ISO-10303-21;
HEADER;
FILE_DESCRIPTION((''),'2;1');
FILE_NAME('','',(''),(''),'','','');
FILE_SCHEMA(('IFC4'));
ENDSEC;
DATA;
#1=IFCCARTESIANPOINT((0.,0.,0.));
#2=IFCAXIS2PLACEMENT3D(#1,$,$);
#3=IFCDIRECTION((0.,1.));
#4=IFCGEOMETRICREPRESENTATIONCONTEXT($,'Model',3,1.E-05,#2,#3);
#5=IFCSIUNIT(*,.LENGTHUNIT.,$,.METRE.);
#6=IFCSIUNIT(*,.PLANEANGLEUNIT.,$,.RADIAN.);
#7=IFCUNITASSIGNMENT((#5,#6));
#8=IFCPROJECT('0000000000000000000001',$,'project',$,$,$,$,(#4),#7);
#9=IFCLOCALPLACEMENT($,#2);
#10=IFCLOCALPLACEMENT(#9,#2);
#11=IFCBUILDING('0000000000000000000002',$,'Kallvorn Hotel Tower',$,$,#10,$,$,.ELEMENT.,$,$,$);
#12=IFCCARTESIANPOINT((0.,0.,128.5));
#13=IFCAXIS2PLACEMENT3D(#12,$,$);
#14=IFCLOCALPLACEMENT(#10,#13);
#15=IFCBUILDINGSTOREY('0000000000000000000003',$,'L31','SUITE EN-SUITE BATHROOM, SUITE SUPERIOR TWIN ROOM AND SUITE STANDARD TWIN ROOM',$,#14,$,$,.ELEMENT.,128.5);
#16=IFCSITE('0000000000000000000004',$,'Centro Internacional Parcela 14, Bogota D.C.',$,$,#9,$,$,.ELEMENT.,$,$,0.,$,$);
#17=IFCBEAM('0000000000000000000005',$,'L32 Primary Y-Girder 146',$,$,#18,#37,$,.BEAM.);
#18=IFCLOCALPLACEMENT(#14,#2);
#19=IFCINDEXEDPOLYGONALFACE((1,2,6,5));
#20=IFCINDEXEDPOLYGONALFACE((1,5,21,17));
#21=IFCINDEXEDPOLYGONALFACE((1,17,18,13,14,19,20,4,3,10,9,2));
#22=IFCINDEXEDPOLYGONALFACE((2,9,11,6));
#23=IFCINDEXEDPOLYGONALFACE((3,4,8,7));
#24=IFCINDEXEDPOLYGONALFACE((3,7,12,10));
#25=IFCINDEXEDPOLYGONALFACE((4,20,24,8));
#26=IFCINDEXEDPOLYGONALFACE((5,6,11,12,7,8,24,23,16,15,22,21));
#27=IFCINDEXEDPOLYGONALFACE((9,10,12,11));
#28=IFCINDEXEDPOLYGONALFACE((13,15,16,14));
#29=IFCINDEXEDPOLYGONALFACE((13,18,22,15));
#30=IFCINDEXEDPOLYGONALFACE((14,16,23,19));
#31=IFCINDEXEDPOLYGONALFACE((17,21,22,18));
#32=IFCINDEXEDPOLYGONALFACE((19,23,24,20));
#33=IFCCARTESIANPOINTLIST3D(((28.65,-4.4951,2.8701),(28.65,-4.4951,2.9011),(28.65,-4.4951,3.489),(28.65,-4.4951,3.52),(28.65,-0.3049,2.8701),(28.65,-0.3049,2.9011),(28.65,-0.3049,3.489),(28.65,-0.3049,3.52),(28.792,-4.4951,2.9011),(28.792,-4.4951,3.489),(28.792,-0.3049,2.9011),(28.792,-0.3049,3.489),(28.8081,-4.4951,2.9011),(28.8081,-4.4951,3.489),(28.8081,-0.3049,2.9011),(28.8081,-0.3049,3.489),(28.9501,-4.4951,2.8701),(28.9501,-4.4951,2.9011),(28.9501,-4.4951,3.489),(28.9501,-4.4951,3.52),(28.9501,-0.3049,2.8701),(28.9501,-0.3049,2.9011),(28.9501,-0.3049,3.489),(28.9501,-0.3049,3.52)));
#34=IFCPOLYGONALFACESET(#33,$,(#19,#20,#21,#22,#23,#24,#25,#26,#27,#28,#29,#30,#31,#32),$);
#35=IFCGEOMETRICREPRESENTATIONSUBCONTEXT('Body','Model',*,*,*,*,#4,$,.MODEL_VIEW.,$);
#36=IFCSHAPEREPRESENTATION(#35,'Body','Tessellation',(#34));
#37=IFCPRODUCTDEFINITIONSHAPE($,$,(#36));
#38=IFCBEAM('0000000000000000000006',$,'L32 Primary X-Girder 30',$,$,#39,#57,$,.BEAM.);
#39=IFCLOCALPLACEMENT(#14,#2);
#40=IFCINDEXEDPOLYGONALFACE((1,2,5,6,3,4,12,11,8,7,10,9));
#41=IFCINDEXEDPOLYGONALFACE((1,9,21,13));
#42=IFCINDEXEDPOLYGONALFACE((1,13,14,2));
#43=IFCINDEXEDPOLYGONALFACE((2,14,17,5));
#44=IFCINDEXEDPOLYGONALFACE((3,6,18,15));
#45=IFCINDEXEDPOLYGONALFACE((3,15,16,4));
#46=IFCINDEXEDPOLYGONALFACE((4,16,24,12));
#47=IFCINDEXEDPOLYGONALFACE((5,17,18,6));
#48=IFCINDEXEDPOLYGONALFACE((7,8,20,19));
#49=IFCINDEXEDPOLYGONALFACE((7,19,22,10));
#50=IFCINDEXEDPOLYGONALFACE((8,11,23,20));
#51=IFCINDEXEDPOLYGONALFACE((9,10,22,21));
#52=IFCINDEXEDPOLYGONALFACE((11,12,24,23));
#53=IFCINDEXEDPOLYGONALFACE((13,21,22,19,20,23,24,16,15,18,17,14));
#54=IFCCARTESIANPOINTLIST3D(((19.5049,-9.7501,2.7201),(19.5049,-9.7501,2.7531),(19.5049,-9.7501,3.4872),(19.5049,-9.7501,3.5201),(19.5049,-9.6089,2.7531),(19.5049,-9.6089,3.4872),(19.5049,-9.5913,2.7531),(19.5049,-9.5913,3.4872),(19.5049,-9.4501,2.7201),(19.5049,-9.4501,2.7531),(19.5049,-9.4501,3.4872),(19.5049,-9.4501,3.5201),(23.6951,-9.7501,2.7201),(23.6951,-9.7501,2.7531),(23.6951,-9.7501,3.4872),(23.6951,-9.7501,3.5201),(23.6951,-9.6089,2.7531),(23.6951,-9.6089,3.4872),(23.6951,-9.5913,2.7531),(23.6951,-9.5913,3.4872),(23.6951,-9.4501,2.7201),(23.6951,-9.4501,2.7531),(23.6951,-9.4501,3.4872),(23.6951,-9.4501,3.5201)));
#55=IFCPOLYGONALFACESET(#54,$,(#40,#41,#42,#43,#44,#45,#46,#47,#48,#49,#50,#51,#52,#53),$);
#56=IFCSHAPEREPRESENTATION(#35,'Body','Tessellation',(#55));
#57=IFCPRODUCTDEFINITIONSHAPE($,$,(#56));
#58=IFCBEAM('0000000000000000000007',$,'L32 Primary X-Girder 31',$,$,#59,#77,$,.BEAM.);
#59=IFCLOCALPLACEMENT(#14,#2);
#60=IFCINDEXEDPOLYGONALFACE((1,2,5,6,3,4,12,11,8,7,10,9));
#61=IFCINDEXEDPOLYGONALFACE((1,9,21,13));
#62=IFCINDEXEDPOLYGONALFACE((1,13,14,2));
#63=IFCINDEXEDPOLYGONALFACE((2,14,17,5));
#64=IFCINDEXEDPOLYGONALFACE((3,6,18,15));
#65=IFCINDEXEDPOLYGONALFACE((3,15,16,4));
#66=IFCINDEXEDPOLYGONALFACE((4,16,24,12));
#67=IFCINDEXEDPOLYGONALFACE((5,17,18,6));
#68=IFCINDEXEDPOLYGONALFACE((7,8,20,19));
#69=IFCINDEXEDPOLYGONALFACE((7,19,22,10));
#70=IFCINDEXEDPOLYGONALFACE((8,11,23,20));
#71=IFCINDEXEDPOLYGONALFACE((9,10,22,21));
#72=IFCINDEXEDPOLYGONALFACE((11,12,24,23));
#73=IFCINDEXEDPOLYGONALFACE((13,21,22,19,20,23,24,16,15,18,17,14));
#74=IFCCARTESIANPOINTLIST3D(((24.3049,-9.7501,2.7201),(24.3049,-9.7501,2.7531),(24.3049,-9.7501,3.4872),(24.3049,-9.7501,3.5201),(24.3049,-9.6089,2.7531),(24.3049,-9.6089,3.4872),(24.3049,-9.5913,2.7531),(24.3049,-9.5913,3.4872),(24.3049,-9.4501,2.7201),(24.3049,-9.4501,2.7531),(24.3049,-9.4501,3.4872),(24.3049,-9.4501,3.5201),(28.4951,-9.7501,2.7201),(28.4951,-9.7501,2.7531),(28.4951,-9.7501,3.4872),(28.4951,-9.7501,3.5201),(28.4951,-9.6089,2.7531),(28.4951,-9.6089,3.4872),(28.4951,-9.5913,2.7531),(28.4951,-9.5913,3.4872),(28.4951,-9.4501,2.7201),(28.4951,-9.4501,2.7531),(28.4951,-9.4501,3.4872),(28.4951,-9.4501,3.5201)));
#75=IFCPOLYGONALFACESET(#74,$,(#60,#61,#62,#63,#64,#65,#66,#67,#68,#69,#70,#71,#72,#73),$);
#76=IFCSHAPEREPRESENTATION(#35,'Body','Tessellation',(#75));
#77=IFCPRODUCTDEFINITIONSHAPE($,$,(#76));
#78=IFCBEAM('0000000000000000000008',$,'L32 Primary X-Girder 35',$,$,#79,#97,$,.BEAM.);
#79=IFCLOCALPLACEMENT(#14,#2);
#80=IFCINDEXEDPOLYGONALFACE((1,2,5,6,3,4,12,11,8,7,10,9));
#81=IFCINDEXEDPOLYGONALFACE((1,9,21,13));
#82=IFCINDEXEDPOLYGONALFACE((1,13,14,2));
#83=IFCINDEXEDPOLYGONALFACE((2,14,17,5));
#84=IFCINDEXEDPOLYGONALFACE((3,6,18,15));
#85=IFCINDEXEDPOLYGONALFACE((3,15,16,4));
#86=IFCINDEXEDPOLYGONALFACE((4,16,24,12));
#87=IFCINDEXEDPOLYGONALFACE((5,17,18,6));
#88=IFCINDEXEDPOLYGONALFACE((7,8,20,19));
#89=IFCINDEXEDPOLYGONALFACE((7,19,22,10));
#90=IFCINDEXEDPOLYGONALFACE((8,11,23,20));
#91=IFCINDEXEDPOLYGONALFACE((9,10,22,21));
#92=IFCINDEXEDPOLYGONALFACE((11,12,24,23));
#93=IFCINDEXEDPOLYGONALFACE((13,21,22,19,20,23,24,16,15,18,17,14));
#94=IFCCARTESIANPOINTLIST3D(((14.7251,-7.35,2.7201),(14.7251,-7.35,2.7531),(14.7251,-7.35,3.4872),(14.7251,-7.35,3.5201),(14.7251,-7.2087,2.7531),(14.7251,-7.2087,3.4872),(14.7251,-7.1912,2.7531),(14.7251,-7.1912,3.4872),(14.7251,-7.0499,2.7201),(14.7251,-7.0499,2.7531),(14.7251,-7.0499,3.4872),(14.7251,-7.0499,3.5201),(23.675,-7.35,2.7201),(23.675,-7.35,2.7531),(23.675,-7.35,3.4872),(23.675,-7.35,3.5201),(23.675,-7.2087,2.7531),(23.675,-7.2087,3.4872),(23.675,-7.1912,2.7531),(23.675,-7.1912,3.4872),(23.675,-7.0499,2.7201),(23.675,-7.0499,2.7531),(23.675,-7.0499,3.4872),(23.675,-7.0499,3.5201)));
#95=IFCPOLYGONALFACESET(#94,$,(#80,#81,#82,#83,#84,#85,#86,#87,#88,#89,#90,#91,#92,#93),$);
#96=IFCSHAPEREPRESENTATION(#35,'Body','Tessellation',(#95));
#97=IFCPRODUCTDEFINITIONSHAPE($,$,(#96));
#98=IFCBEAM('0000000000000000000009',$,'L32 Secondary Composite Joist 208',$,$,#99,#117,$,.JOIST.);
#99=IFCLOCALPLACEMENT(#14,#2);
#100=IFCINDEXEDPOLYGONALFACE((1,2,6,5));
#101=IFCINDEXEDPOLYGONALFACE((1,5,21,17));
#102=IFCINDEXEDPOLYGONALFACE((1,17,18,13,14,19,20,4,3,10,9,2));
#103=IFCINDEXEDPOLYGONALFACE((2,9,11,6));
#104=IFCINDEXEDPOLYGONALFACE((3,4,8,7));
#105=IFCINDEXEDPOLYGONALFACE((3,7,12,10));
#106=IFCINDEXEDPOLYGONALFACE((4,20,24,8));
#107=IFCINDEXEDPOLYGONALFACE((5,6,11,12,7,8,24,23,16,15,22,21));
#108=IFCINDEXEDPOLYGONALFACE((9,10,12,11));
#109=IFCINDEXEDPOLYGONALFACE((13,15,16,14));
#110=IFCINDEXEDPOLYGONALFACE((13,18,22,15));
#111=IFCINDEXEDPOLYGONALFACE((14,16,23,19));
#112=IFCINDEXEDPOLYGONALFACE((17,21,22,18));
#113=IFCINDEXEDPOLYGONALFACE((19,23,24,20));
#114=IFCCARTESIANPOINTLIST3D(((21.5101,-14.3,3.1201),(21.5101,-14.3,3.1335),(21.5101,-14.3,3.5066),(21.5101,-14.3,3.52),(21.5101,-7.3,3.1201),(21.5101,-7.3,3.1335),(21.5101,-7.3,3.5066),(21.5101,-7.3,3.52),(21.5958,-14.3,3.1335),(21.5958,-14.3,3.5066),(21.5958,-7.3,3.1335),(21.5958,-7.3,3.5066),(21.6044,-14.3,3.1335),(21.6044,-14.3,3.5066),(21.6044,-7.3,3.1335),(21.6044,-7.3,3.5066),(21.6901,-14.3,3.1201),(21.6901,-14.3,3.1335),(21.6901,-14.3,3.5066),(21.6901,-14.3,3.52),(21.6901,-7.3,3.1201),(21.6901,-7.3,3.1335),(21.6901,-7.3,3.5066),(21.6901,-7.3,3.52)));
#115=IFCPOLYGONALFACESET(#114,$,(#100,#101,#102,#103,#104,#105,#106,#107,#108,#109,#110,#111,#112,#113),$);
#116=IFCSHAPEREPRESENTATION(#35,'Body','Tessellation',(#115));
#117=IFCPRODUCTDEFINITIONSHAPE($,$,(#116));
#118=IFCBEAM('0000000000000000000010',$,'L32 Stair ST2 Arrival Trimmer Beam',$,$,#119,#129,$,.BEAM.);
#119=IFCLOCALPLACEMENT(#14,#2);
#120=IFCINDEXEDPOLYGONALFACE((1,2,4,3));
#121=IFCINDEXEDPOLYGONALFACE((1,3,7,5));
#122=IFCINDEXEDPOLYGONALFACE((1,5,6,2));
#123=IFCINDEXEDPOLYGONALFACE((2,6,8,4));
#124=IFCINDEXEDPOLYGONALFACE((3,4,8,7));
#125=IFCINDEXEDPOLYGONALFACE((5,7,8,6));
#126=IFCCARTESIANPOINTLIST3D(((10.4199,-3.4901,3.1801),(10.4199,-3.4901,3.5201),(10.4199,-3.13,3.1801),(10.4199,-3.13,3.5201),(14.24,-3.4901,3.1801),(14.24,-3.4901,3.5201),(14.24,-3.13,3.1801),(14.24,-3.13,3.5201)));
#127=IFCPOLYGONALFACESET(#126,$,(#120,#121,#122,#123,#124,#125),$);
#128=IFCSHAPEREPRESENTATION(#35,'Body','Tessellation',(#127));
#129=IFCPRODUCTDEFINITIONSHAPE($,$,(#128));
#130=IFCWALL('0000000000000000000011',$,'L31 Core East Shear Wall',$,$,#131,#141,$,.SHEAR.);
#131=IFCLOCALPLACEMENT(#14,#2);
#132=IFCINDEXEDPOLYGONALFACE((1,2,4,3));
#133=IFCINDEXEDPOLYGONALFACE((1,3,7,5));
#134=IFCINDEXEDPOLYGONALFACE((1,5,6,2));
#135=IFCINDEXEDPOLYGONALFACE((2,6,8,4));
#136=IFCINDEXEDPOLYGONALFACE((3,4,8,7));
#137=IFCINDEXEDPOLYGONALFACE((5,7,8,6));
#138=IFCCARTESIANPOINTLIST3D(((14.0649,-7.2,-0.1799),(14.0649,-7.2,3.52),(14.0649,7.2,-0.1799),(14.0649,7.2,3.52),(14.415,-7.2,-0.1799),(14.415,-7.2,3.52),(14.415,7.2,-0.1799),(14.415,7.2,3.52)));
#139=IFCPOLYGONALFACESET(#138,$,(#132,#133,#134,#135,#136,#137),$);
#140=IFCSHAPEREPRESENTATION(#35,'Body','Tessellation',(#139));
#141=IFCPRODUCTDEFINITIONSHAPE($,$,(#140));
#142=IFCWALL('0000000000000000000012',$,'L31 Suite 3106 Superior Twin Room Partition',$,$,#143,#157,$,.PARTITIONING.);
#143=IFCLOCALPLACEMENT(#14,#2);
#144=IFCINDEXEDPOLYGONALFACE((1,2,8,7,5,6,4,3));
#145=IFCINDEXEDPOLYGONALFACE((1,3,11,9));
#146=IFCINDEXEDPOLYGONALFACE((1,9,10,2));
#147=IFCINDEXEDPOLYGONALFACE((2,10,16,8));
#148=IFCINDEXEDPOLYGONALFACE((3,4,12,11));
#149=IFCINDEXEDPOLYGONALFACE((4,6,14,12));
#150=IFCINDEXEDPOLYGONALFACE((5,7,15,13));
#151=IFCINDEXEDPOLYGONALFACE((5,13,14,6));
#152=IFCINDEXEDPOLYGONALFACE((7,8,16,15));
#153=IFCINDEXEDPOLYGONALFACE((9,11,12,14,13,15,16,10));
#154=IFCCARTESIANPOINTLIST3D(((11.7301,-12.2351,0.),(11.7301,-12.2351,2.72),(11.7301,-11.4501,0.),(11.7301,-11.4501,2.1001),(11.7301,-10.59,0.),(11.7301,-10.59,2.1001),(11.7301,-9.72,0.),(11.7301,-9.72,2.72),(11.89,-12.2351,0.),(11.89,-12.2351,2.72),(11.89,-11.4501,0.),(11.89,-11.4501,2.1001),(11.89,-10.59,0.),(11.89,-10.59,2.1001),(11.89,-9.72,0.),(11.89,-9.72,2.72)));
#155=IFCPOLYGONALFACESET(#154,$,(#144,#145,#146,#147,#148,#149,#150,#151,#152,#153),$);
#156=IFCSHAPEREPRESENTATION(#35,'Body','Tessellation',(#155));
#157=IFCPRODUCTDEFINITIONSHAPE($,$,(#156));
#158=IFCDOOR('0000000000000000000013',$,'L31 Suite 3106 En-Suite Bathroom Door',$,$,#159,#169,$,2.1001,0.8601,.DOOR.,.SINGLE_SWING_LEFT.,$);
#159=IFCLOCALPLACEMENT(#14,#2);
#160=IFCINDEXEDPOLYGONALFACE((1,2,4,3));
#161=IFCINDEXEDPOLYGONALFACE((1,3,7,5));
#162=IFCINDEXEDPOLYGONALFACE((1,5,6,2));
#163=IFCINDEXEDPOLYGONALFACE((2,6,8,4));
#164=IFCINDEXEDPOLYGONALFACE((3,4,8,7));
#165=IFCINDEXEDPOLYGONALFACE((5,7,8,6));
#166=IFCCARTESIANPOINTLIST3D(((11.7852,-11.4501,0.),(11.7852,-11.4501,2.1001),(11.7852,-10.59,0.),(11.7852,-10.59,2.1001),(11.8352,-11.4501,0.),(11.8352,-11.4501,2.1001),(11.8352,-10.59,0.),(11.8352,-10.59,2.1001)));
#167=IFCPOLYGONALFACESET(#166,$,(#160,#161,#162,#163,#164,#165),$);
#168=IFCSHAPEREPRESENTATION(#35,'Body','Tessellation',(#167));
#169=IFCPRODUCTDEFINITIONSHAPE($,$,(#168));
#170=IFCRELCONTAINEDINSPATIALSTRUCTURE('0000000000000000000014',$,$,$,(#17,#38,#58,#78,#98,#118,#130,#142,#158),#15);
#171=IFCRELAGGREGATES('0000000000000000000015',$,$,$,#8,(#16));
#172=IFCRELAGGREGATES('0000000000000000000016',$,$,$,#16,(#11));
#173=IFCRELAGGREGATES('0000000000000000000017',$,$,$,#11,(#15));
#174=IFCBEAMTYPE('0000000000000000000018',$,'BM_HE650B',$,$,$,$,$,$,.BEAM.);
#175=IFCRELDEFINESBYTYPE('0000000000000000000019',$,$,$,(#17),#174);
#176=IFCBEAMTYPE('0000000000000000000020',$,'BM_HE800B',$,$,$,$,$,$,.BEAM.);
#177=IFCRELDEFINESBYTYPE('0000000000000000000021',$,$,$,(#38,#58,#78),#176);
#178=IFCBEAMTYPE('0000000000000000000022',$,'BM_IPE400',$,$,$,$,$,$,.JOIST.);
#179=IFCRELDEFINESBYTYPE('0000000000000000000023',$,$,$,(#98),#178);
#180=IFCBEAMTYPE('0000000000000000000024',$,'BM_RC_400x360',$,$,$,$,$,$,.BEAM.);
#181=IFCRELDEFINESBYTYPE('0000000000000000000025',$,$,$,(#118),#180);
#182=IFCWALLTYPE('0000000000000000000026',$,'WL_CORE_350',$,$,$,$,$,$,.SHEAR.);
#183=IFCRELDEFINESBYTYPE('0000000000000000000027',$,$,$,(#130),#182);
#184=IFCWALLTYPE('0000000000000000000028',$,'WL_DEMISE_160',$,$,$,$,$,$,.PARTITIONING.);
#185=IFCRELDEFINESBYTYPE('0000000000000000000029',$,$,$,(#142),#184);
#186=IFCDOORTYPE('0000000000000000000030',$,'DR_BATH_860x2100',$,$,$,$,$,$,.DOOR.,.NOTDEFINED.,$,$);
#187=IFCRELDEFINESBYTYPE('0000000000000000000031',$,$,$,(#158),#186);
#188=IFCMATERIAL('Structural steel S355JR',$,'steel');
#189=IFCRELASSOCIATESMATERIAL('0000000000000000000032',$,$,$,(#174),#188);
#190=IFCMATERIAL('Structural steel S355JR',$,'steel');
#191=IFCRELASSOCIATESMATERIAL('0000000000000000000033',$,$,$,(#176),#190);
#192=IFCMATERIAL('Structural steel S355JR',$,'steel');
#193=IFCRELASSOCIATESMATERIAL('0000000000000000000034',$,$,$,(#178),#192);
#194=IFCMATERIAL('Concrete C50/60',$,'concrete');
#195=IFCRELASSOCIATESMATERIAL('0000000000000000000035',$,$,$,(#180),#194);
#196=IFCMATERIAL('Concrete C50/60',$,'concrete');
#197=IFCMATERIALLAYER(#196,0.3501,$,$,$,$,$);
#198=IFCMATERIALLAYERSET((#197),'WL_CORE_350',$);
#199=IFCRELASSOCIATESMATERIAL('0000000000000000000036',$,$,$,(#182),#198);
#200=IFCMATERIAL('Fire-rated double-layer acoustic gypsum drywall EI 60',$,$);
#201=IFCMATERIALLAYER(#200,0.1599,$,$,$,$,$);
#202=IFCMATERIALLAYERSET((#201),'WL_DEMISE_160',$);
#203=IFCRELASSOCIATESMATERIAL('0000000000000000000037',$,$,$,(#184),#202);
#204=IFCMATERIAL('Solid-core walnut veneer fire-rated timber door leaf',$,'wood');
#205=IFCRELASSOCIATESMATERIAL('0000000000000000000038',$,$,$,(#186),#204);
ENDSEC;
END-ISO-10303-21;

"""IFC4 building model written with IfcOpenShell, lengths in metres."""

from ifc_helpers import new_model, si_unit, direction, frame, frame_2d, origin, origin_2d, place, context, subcontext, project, spatial, rectangle, i_section, extrude, material, layer, layer_set, material_profile, profile_set, type_object, element, fill, save


model = new_model("IFC4")

# Units and contexts
model_context = context("Model", 3, precision=1e-05, world=origin(), true_north=direction((0.0, 1.0)))
body_context = subcontext(model_context, "Body", "Model", "MODEL_VIEW")
ifc_project = project(units=[si_unit("LENGTHUNIT", "METRE"), si_unit("PLANEANGLEUNIT", "RADIAN")], contexts=[model_context])

# Site, building, storey
site_placement = place(None, origin())
site = spatial("IfcSite", under=ifc_project, at=site_placement, Name="Centro Internacional Parcela 14, Bogota D.C.", CompositionType="ELEMENT", RefElevation=0.0)
building_placement = place(site_placement, origin())
building = spatial("IfcBuilding", under=site, at=building_placement, Name="Kallvorn Hotel Tower", CompositionType="ELEMENT")
storey_placement = place(building_placement, frame((0.0, 0.0, 128.5)))
storey = spatial("IfcBuildingStorey", under=building, at=storey_placement, Name="L31", Description="SUITE EN-SUITE BATHROOM, SUITE SUPERIOR TWIN ROOM AND SUITE STANDARD TWIN ROOM", CompositionType="ELEMENT", Elevation=128.5)

# Beams
ifc_material_1 = material(Name="Structural steel S355JR", Category="steel")
ifc_material_profile_1 = material_profile(ifc_material_1, i_section(OverallWidth=0.3, OverallDepth=0.6499, WebThickness=0.0161, FlangeThickness=0.031, at=origin_2d()), Name="HE 650 B")
ifc_profile_set_1 = profile_set([ifc_material_profile_1], Name="Structural steel S355JR")
beam_type_1 = type_object("IfcBeamType", Name="BM_HE650B", PredefinedType="BEAM", material=ifc_profile_set_1)
beam_1_placement = place(storey_placement, frame((28.8, -4.4951, 3.1951), z_axis=(0.0, 1.0, 0.0), x_axis=(-1.0, 0.0, 0.0)))
element("IfcBeam", 1, at=beam_1_placement, inside=storey, type_object=beam_type_1, Name="L32 Primary Y-Girder 146", PredefinedType="BEAM", context=body_context, shape_type="SweptSolid", body=[
    extrude(i_section(OverallWidth=0.3, OverallDepth=0.6499, WebThickness=0.0161, FlangeThickness=0.031, at=origin_2d()), origin(), (0.0, 0.0, 1.0), 4.1902),
])
ifc_material_2 = material(Name="Structural steel S355JR", Category="steel")
ifc_material_profile_2 = material_profile(ifc_material_2, i_section(OverallWidth=0.3, OverallDepth=0.8, WebThickness=0.0176, FlangeThickness=0.033, at=origin_2d()), Name="HE 800 B")
ifc_profile_set_2 = profile_set([ifc_material_profile_2], Name="Structural steel S355JR")
beam_type_2 = type_object("IfcBeamType", Name="BM_HE800B", PredefinedType="BEAM", material=ifc_profile_set_2)
for number, where, z_axis, x_axis, name in (
    (2, (19.5049, -9.6001, 3.1201), (1.0, 0.0, 0.0), (0.0, 1.0, 0.0), "L32 Primary X-Girder 30"),
    (3, (24.3049, -9.6001, 3.1201), (1.0, 0.0, 0.0), (0.0, 1.0, 0.0), "L32 Primary X-Girder 31"),
):
    element("IfcBeam", number, at=place(storey_placement, frame(where, z_axis=z_axis, x_axis=x_axis)), inside=storey, type_object=beam_type_2, Name=name, PredefinedType="BEAM", context=body_context, shape_type="SweptSolid", body=[
        extrude(i_section(OverallWidth=0.3, OverallDepth=0.8, WebThickness=0.0176, FlangeThickness=0.033, at=origin_2d()), origin(), (0.0, 0.0, 1.0), 4.1902),
    ])
beam_2_placement = place(storey_placement, frame((14.7251, -7.2, 3.1201), z_axis=(1.0, 0.0, 0.0), x_axis=(0.0, 1.0, 0.0)))
element("IfcBeam", 4, at=beam_2_placement, inside=storey, type_object=beam_type_2, Name="L32 Primary X-Girder 35", PredefinedType="BEAM", context=body_context, shape_type="SweptSolid", body=[
    extrude(i_section(OverallWidth=0.3, OverallDepth=0.8, WebThickness=0.0176, FlangeThickness=0.033, at=origin_2d()), origin(), (0.0, 0.0, 1.0), 8.95),
])
ifc_material_3 = material(Name="Structural steel S355JR", Category="steel")
ifc_material_profile_3 = material_profile(ifc_material_3, i_section(OverallWidth=0.1799, OverallDepth=0.3999, WebThickness=0.0085, FlangeThickness=0.0134, at=origin_2d()), Name="IPE 400")
ifc_profile_set_3 = profile_set([ifc_material_profile_3], Name="Structural steel S355JR")
beam_type_3 = type_object("IfcBeamType", Name="BM_IPE400", PredefinedType="JOIST", material=ifc_profile_set_3)
beam_3_placement = place(storey_placement, frame((21.6001, -14.3, 3.3201), z_axis=(0.0, 1.0, 0.0), x_axis=(-1.0, 0.0, 0.0)))
element("IfcBeam", 5, at=beam_3_placement, inside=storey, type_object=beam_type_3, Name="L32 Secondary Composite Joist 208", PredefinedType="JOIST", context=body_context, shape_type="SweptSolid", body=[
    extrude(i_section(OverallWidth=0.1799, OverallDepth=0.3999, WebThickness=0.0085, FlangeThickness=0.0134, at=origin_2d()), origin(), (0.0, 0.0, 1.0), 7.0),
])
ifc_material_4 = material(Name="Concrete C50/60", Category="concrete")
ifc_material_profile_4 = material_profile(ifc_material_4, rectangle(XDim=0.3601, YDim=0.3401, at=origin_2d()), Name="RC 360x340")
ifc_profile_set_4 = profile_set([ifc_material_profile_4], Name="Concrete C50/60")
beam_type_4 = type_object("IfcBeamType", Name="BM_RC_400x360", PredefinedType="BEAM", material=ifc_profile_set_4)
beam_4_placement = place(storey_placement, frame((14.24, -3.3101, 3.3501), z_axis=(-1.0, 0.0, 0.0), x_axis=(0.0, -1.0, 0.0)))
element("IfcBeam", 6, at=beam_4_placement, inside=storey, type_object=beam_type_4, Name="L32 Stair ST2 Arrival Trimmer Beam", PredefinedType="BEAM", context=body_context, shape_type="SweptSolid", body=[
    extrude(rectangle(XDim=0.3601, YDim=0.3401, at=origin_2d()), origin(), (0.0, 0.0, 1.0), 3.8201),
])

# Wall
ifc_material_5 = material(Name="Concrete C50/60", Category="concrete")
ifc_layer_1 = layer(ifc_material_5, 0.3501)
ifc_layer_set_1 = layer_set([ifc_layer_1], Name="WL_CORE_350")
wall_type_1 = type_object("IfcWallType", Name="WL_CORE_350", PredefinedType="SHEAR", material=ifc_layer_set_1)
wall_1_placement = place(storey_placement, frame((14.24, -7.2, -0.1799), z_axis=(0.0, 0.0, 1.0), x_axis=(0.0, 1.0, 0.0)))
element("IfcWall", 7, at=wall_1_placement, inside=storey, type_object=wall_type_1, Name="L31 Core East Shear Wall", PredefinedType="SHEAR", context=body_context, shape_type="SweptSolid", body=[
    extrude(rectangle(XDim=14.3999, YDim=0.3501, at=frame_2d((7.2, 0.0))), origin(), (0.0, 0.0, 1.0), 3.7),
])

# Wall, opening, door
ifc_material_6 = material(Name="Fire-rated double-layer acoustic gypsum drywall EI 60")
ifc_layer_2 = layer(ifc_material_6, 0.1599)
ifc_layer_set_2 = layer_set([ifc_layer_2], Name="WL_DEMISE_160")
wall_type_2 = type_object("IfcWallType", Name="WL_DEMISE_160", PredefinedType="PARTITIONING", material=ifc_layer_set_2)
wall_2_placement = place(storey_placement, frame((11.8101, -12.2351, 0.0), z_axis=(0.0, 0.0, 1.0), x_axis=(0.0, 1.0, 0.0)))
wall_2 = element("IfcWall", 8, at=wall_2_placement, inside=storey, type_object=wall_type_2, Name="L31 Suite 3106 Superior Twin Room Partition", PredefinedType="PARTITIONING", context=body_context, shape_type="SweptSolid", body=[
    extrude(rectangle(XDim=2.5151, YDim=0.1599, at=frame_2d((1.2576, 0.0))), origin(), (0.0, 0.0, 1.0), 2.72),
])
opening_placement = place(wall_2_placement, frame((0.7849, 0.0, 0.0)))
opening = element("IfcOpeningElement", 9, at=opening_placement, cuts=wall_2, PredefinedType="OPENING", context=body_context, shape_type="SweptSolid", body=[
    extrude(rectangle(XDim=0.8601, YDim=2.1001, at=frame_2d((0.4302, 1.05))), frame((0.0, 0.095, 0.0), z_axis=(0.0, -1.0, 0.0), x_axis=(1.0, 0.0, 0.0)), (0.0, 0.0, 1.0), 0.1899),
])
ifc_material_7 = material(Name="Solid-core walnut veneer fire-rated timber door leaf", Category="wood")
door_type = type_object("IfcDoorType", Name="DR_BATH_860x2100", OperationType="NOTDEFINED", PredefinedType="DOOR", material=ifc_material_7)
door_placement = place(opening_placement, origin())
door = element("IfcDoor", 10, at=door_placement, inside=storey, type_object=door_type, Name="L31 Suite 3106 En-Suite Bathroom Door", OperationType="SINGLE_SWING_LEFT", OverallHeight=2.1001, OverallWidth=0.8601, PredefinedType="DOOR", context=body_context, shape_type="SweptSolid", body=[
    extrude(rectangle(XDim=0.8601, YDim=2.1001, at=frame_2d((0.4302, 1.05))), frame((0.0, 0.0249, 0.0), z_axis=(0.0, -1.0, 0.0), x_axis=(1.0, 0.0, 0.0)), (0.0, 0.0, 1.0), 0.05),
])
fill(opening, door)

save(model, "model.ifc")
